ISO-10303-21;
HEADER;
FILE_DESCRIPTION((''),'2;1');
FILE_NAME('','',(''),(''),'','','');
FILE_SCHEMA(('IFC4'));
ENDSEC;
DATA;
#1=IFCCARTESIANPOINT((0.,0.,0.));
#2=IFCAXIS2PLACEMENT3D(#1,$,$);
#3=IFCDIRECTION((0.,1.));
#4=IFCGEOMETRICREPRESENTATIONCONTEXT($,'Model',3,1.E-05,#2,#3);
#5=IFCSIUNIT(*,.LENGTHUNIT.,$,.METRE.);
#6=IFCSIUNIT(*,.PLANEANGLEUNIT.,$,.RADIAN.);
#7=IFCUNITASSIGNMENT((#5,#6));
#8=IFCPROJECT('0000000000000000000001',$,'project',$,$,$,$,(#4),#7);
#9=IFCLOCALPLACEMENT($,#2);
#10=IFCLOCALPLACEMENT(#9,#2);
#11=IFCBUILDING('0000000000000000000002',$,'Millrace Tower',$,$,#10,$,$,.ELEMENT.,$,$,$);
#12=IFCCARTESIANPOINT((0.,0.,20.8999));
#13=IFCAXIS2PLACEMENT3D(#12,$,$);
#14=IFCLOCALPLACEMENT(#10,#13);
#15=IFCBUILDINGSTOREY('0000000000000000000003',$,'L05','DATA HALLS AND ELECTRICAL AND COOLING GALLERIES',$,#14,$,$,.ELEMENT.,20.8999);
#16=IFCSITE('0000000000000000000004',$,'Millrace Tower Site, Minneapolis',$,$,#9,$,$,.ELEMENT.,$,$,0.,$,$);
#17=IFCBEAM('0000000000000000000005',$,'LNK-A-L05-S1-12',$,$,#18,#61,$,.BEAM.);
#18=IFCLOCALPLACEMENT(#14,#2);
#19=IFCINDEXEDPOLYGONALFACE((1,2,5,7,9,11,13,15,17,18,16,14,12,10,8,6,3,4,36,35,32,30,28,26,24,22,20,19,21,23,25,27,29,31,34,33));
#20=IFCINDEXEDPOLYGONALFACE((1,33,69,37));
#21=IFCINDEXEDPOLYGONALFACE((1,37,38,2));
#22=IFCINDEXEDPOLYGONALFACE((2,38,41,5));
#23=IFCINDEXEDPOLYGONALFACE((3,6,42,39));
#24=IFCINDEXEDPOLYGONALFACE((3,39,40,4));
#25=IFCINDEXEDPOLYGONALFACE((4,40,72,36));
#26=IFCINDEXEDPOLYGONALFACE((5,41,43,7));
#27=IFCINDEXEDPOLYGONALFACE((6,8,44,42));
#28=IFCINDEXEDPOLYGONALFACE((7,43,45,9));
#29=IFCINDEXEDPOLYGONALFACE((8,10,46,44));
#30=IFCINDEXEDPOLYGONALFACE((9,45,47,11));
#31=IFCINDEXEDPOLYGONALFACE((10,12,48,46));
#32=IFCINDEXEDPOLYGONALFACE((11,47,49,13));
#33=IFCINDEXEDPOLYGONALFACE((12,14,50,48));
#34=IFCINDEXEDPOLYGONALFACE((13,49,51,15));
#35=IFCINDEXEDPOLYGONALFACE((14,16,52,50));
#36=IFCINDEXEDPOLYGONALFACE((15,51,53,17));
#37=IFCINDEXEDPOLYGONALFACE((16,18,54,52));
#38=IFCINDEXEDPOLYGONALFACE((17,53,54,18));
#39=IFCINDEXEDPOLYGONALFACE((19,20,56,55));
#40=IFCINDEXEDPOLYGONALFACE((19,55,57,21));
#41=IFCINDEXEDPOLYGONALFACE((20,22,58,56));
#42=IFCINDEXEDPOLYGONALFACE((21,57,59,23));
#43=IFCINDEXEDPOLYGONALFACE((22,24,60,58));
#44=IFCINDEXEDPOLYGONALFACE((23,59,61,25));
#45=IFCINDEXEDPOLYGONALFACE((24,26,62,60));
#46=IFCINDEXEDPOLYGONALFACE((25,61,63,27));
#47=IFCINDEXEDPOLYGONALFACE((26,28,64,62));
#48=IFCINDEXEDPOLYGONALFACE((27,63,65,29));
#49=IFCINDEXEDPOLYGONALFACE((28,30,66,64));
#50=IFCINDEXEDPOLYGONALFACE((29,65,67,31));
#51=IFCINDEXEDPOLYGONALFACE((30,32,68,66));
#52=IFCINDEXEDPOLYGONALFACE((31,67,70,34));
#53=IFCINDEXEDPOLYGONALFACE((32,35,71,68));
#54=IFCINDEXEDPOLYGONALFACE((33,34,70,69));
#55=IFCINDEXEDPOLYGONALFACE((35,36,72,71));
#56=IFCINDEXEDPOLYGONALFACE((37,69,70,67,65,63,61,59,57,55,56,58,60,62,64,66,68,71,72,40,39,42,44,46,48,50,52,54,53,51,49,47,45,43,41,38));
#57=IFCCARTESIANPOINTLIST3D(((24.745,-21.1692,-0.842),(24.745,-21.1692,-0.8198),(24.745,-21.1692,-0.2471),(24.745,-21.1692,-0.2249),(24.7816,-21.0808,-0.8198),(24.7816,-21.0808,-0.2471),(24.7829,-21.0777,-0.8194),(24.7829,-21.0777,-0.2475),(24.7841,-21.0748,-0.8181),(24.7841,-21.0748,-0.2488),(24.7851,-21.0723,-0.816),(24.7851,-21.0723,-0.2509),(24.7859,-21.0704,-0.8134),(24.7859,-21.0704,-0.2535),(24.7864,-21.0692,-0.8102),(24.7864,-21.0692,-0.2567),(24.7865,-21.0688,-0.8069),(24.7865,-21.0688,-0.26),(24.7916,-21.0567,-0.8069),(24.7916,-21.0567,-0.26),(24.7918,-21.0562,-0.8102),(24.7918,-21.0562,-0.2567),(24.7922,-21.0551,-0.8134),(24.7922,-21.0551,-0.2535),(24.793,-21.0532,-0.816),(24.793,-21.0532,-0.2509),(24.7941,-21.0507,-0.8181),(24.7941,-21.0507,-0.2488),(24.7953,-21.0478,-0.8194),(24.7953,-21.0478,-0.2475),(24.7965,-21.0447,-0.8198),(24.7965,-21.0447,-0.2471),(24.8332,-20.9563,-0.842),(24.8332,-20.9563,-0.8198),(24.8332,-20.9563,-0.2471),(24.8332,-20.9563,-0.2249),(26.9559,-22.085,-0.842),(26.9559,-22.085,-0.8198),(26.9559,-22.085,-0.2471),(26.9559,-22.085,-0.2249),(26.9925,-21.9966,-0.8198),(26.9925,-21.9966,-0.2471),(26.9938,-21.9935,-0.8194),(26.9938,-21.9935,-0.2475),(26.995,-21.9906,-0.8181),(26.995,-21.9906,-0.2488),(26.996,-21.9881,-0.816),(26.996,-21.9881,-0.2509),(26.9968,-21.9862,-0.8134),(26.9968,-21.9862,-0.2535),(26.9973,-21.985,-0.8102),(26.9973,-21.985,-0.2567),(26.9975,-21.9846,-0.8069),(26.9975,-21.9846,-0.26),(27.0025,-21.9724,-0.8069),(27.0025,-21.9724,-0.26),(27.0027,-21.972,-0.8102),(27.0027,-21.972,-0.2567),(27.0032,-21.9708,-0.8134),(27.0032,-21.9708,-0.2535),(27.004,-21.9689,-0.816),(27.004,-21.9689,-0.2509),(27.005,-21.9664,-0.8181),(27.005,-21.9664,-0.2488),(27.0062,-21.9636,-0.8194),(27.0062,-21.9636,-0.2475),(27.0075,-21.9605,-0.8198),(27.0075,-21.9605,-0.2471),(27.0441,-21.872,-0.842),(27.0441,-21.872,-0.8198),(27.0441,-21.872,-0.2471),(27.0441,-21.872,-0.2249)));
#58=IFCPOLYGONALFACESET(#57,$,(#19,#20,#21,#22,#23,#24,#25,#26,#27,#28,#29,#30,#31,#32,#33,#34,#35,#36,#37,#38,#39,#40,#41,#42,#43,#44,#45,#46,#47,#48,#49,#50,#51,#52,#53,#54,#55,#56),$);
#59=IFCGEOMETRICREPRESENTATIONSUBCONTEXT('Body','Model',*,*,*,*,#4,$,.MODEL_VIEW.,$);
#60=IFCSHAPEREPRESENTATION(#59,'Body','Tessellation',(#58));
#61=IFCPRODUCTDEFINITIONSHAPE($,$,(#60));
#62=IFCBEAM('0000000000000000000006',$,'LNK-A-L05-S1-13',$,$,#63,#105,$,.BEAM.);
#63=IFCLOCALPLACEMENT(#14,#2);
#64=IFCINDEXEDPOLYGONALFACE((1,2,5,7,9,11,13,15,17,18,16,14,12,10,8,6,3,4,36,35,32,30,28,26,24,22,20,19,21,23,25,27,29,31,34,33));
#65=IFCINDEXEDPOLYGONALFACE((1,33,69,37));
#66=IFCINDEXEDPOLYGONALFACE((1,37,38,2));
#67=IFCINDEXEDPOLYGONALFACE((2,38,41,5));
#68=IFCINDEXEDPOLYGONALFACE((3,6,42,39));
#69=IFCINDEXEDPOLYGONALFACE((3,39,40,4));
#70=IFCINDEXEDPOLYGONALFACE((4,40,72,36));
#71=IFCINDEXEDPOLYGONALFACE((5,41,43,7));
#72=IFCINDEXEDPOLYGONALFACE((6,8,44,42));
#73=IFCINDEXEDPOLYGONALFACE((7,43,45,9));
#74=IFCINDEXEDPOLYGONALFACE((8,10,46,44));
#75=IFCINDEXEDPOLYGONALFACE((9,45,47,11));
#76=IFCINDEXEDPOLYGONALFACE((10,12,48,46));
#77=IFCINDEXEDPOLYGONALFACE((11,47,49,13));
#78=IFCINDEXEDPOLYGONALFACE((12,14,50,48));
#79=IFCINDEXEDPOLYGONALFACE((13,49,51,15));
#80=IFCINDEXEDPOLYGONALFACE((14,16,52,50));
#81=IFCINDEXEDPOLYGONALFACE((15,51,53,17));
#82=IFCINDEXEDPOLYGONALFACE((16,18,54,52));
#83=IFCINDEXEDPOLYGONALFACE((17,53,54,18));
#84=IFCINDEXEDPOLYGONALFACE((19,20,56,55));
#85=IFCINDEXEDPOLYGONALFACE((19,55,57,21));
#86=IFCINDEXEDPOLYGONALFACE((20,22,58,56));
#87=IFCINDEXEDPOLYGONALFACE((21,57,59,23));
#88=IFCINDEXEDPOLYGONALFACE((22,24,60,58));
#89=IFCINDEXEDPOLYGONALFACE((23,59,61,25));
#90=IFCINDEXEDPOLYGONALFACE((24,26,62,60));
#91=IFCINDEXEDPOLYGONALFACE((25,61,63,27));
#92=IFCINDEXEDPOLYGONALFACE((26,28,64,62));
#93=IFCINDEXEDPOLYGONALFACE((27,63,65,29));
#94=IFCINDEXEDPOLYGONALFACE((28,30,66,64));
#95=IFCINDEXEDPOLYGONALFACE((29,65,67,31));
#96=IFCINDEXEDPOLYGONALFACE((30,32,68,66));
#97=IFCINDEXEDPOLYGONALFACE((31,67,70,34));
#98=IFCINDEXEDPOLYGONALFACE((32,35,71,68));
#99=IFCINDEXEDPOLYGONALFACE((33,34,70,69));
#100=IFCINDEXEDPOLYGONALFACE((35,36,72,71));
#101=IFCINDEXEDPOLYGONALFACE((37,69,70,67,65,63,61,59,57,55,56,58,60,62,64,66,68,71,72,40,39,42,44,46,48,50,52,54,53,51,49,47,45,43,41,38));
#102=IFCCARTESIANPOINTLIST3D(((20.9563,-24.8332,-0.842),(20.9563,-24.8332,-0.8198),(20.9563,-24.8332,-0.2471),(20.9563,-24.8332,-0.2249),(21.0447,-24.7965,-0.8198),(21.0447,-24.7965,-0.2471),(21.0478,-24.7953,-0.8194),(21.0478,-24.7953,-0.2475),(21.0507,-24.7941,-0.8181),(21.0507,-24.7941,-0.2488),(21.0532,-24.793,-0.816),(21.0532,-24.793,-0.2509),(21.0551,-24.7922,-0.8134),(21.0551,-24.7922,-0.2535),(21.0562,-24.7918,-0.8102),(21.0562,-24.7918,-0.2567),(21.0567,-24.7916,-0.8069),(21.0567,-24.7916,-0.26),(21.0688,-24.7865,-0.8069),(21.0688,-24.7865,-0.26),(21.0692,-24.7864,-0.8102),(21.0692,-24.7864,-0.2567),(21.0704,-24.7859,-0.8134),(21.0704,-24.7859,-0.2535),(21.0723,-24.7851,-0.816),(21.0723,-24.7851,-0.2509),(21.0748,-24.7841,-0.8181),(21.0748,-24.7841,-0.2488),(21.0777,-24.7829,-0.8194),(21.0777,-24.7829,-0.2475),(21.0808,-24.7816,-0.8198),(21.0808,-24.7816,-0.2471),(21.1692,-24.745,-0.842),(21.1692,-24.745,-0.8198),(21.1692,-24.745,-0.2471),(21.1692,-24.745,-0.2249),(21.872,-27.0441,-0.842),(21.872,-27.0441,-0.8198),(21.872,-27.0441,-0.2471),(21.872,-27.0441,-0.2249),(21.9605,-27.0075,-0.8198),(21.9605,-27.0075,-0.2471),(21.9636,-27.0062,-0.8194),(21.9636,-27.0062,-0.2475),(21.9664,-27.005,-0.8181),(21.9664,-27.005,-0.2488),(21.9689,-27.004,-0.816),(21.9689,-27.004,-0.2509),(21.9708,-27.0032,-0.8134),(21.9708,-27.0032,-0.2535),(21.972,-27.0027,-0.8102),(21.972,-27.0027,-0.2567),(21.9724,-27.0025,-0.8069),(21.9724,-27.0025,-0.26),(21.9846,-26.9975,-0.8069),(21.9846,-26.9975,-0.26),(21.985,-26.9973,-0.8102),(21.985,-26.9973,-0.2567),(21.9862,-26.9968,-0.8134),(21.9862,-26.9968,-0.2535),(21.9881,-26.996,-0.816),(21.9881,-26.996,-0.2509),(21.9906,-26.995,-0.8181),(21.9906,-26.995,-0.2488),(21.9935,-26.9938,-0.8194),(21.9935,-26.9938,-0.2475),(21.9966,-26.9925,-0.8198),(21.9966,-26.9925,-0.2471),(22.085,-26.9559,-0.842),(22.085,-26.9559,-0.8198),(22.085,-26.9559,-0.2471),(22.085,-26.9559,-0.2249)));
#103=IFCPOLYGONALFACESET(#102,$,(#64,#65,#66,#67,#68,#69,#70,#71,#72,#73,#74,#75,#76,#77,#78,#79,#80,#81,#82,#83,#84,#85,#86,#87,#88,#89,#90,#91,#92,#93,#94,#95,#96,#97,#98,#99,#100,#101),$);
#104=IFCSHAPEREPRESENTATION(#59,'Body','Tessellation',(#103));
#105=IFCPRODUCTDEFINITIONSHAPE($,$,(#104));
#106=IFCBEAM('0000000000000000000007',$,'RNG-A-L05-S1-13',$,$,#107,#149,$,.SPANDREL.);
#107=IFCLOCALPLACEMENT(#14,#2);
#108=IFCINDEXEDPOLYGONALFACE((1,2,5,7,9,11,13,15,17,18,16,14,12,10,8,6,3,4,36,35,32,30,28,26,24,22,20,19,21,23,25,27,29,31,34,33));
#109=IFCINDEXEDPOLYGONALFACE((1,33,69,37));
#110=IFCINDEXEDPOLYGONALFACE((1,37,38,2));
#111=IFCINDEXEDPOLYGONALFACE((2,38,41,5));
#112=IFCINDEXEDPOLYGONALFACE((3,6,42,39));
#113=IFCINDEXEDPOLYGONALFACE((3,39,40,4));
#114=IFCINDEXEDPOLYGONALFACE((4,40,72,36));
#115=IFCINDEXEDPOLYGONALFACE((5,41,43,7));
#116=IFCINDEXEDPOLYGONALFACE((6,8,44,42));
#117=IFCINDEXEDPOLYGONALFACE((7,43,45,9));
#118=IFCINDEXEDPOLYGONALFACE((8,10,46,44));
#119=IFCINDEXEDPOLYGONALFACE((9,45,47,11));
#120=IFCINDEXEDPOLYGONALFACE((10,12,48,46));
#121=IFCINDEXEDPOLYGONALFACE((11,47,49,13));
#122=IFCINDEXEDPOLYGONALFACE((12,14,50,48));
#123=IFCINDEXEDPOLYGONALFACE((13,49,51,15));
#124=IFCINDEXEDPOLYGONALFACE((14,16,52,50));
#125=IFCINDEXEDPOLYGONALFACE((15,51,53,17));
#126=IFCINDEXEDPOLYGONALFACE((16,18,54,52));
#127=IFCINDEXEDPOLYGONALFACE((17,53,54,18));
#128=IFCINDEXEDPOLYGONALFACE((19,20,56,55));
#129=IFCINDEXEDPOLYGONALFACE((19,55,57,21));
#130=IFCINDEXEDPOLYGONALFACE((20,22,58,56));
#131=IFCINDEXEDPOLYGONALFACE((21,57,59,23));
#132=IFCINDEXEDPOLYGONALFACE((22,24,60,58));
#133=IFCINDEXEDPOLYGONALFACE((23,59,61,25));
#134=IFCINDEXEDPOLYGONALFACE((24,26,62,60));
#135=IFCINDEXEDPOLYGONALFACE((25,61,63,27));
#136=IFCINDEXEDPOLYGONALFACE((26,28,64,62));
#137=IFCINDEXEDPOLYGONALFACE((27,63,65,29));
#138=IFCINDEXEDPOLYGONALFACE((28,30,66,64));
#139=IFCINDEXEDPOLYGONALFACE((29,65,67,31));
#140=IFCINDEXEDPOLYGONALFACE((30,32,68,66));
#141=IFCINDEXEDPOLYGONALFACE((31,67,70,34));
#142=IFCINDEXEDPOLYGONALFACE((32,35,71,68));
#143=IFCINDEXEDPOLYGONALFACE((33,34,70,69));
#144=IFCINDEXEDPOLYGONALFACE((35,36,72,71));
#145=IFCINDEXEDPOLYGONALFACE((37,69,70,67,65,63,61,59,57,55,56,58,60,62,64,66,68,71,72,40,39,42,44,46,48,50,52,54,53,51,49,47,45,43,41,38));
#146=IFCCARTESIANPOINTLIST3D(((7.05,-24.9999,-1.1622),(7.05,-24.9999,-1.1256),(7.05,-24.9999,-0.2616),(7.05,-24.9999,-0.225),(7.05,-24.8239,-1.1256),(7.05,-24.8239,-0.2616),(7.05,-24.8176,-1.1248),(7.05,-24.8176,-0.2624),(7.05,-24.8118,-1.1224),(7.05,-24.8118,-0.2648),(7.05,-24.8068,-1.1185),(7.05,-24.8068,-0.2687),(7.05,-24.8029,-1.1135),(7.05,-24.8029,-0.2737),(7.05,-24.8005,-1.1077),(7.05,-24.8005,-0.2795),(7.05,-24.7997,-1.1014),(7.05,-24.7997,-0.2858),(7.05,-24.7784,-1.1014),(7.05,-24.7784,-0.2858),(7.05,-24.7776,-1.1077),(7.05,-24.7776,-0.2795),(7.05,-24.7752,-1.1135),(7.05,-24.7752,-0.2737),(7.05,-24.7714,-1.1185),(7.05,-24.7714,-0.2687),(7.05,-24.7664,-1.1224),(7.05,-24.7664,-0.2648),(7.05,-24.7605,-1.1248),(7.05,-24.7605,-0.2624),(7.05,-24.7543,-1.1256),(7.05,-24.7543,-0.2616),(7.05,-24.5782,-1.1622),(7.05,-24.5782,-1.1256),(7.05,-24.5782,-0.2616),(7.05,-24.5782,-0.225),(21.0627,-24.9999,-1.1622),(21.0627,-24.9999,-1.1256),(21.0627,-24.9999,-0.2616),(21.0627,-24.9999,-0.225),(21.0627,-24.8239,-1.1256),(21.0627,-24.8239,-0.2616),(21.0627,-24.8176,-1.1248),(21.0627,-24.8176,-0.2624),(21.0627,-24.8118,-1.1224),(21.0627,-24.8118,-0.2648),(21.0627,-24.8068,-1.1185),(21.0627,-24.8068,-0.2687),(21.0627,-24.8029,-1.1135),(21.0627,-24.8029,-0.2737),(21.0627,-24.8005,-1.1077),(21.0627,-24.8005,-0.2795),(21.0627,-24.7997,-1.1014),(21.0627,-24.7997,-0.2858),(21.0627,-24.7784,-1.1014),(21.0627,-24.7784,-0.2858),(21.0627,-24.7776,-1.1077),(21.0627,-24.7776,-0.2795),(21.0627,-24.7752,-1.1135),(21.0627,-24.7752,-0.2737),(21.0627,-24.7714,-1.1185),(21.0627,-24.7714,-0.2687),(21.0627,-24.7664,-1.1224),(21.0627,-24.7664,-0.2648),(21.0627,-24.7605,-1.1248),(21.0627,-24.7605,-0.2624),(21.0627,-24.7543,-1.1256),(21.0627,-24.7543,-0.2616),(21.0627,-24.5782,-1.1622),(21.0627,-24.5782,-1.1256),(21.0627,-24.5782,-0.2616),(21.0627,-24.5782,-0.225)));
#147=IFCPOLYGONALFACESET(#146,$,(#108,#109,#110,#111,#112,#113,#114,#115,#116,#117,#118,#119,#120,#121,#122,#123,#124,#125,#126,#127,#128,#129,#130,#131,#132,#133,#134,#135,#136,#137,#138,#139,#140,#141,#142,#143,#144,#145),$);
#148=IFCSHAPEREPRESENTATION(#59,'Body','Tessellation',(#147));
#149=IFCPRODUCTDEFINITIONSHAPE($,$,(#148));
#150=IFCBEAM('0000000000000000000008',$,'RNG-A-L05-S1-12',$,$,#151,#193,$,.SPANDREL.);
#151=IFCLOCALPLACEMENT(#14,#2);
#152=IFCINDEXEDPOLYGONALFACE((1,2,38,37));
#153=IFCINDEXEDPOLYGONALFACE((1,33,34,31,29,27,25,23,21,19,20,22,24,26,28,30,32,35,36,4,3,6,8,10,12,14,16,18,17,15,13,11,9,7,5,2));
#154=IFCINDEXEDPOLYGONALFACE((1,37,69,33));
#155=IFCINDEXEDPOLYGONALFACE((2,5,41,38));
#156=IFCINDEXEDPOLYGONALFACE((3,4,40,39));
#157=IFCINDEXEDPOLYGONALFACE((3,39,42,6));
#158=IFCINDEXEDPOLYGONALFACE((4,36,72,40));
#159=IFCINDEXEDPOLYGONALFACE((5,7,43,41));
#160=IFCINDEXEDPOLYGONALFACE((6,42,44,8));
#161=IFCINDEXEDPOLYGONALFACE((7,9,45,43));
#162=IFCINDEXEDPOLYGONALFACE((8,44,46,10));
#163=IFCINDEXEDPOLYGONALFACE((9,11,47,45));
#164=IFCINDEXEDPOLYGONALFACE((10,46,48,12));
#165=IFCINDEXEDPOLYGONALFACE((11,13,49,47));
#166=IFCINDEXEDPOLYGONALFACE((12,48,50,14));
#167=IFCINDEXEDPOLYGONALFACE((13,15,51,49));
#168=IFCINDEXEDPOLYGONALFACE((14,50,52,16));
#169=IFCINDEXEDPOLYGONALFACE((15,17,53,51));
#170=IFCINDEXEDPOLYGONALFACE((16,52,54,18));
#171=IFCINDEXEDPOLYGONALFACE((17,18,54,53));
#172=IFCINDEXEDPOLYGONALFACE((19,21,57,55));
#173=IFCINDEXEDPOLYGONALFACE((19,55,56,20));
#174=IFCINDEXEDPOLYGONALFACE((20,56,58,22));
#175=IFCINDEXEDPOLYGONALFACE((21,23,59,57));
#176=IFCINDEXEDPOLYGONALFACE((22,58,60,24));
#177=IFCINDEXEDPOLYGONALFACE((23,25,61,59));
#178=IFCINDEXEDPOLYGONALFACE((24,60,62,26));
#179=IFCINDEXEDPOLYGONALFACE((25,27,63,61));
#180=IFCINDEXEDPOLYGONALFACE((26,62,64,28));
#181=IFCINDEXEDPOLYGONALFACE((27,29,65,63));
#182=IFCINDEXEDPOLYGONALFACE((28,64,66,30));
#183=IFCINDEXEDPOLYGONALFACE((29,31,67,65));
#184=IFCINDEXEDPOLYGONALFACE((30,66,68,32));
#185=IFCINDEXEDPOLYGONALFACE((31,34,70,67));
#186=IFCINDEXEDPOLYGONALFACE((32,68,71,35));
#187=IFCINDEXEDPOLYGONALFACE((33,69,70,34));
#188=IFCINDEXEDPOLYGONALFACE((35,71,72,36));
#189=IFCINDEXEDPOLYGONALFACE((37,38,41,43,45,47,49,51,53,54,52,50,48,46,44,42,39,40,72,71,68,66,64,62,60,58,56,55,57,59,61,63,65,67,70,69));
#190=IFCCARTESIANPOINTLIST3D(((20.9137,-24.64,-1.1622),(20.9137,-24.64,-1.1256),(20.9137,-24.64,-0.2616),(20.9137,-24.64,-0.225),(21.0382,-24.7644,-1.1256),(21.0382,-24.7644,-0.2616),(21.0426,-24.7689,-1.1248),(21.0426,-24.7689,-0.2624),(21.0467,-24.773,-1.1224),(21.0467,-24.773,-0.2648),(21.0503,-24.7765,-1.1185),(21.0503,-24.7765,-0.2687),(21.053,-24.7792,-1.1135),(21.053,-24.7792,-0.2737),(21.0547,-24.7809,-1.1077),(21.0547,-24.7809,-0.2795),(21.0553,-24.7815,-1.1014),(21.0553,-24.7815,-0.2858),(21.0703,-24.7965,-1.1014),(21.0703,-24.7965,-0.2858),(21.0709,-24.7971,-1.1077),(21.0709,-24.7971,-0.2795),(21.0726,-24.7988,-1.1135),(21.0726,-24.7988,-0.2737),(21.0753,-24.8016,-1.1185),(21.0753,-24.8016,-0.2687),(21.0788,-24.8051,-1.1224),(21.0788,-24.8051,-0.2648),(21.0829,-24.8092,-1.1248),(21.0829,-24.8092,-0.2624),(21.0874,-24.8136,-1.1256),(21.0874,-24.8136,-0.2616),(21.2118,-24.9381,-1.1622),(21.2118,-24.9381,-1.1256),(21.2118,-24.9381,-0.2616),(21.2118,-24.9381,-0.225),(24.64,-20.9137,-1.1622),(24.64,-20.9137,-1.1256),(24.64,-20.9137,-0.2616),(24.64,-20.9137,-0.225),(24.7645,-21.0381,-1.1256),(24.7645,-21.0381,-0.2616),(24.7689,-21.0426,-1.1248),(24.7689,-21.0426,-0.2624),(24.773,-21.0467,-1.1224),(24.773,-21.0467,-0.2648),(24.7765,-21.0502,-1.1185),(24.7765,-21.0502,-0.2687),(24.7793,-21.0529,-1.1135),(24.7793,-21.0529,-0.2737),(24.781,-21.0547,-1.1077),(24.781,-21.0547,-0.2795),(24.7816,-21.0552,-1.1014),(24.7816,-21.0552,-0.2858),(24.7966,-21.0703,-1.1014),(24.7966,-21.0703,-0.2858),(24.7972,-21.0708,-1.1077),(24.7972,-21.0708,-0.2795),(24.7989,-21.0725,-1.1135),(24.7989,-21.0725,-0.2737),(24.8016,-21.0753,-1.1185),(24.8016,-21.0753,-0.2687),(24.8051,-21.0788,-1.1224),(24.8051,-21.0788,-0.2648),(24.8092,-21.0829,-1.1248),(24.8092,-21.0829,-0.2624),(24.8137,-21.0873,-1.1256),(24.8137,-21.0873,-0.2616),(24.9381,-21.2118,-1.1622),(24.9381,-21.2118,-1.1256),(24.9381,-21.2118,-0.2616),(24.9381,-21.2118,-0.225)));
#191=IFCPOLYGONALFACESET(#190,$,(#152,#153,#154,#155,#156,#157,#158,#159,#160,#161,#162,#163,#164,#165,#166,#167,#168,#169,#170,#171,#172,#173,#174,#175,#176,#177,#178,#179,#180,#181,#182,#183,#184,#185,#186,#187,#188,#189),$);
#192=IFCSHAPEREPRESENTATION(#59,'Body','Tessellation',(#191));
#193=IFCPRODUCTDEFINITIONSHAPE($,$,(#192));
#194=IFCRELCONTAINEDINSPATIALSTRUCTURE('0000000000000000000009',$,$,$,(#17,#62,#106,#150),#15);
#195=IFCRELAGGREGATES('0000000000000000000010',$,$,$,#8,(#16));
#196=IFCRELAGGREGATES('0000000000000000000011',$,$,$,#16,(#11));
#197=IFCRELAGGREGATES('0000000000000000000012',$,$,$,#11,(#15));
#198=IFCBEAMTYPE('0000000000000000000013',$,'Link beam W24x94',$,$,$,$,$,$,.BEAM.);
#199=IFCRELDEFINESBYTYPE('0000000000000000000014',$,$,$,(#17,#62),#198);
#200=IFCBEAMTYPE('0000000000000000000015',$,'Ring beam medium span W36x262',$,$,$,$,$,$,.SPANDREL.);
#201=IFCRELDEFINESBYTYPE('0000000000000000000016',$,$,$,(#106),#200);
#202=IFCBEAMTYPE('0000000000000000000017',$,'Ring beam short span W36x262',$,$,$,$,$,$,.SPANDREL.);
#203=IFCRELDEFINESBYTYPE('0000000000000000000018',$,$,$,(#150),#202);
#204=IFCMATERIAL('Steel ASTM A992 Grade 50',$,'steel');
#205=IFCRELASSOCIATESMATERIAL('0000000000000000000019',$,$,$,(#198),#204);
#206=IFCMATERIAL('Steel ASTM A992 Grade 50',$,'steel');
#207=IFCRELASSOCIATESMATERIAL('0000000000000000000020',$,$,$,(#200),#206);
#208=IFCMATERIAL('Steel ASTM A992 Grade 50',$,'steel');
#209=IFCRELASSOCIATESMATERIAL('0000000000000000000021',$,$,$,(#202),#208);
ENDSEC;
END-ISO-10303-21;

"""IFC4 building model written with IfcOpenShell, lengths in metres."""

from ifc_helpers import new_model, si_unit, direction, frame, origin, origin_2d, place, context, subcontext, project, spatial, i_section, extrude, material, material_profile, profile_set, type_object, element, save


model = new_model("IFC4")

# Units and contexts
model_context = context("Model", 3, precision=1e-05, world=origin(), true_north=direction((0.0, 1.0)))
body_context = subcontext(model_context, "Body", "Model", "MODEL_VIEW")
ifc_project = project(units=[si_unit("LENGTHUNIT", "METRE"), si_unit("PLANEANGLEUNIT", "RADIAN")], contexts=[model_context])

# Site, building, storey
site_placement = place(None, origin())
site = spatial("IfcSite", under=ifc_project, at=site_placement, Name="Millrace Tower Site, Minneapolis", CompositionType="ELEMENT", RefElevation=0.0)
building_placement = place(site_placement, origin())
building = spatial("IfcBuilding", under=site, at=building_placement, Name="Millrace Tower", CompositionType="ELEMENT")
storey_placement = place(building_placement, frame((0.0, 0.0, 20.8999)))
storey = spatial("IfcBuildingStorey", under=building, at=storey_placement, Name="L05", Description="DATA HALLS AND ELECTRICAL AND COOLING GALLERIES", CompositionType="ELEMENT", Elevation=20.8999)

# Beams
ifc_material_1 = material(Name="Steel ASTM A992 Grade 50", Category="steel")
ifc_material_profile_1 = material_profile(ifc_material_1, i_section(OverallWidth=0.2305, OverallDepth=0.6172, WebThickness=0.0132, FlangeThickness=0.0222, FilletRadius=0.0129, at=origin_2d()))
ifc_profile_set_1 = profile_set([ifc_material_profile_1], Name="Steel ASTM A992 Grade 50")
beam_type_1 = type_object("IfcBeamType", Name="Link beam W24x94", PredefinedType="BEAM", material=ifc_profile_set_1)
for number, where, z_axis, x_axis, name in (
    (1, (24.7891, -21.0627, -0.5334), (0.923884, -0.382673, 0.0), (0.382673, 0.923884, 0.0), "LNK-A-L05-S1-12"),
    (2, (21.0627, -24.7891, -0.5334), (0.382673, -0.923884, 0.0), (0.923884, 0.382673, 0.0), "LNK-A-L05-S1-13"),
):
    element("IfcBeam", number, at=place(storey_placement, frame(where, z_axis=z_axis, x_axis=x_axis)), inside=storey, type_object=beam_type_1, Name=name, PredefinedType="BEAM", context=body_context, shape_type="SweptSolid", body=[
        extrude(i_section(OverallWidth=0.2305, OverallDepth=0.6172, WebThickness=0.0132, FlangeThickness=0.0222, FilletRadius=0.0129, at=origin_2d()), origin(), (0.0, 0.0, 1.0), 2.3931),
    ])
ifc_material_2 = material(Name="Steel ASTM A992 Grade 50", Category="steel")
ifc_material_profile_2 = material_profile(ifc_material_2, i_section(OverallWidth=0.4216, OverallDepth=0.9373, WebThickness=0.0212, FlangeThickness=0.0366, FilletRadius=0.0242, at=origin_2d()))
ifc_profile_set_2 = profile_set([ifc_material_profile_2], Name="Steel ASTM A992 Grade 50")
beam_type_2 = type_object("IfcBeamType", Name="Ring beam medium span W36x262", PredefinedType="SPANDREL", material=ifc_profile_set_2)
beam_1_placement = place(storey_placement, frame((21.0627, -24.7891, -0.6936), z_axis=(-1.0, 0.0, 0.0), x_axis=(0.0, -1.0, 0.0)))
element("IfcBeam", 3, at=beam_1_placement, inside=storey, type_object=beam_type_2, Name="RNG-A-L05-S1-13", PredefinedType="SPANDREL", context=body_context, shape_type="SweptSolid", body=[
    extrude(i_section(OverallWidth=0.4216, OverallDepth=0.9373, WebThickness=0.0212, FlangeThickness=0.0366, FilletRadius=0.0242, at=origin_2d()), origin(), (0.0, 0.0, 1.0), 14.0127),
])
ifc_material_3 = material(Name="Steel ASTM A992 Grade 50", Category="steel")
ifc_material_profile_3 = material_profile(ifc_material_3, i_section(OverallWidth=0.4216, OverallDepth=0.9373, WebThickness=0.0212, FlangeThickness=0.0366, FilletRadius=0.0242, at=origin_2d()))
ifc_profile_set_3 = profile_set([ifc_material_profile_3], Name="Steel ASTM A992 Grade 50")
beam_type_3 = type_object("IfcBeamType", Name="Ring beam short span W36x262", PredefinedType="SPANDREL", material=ifc_profile_set_3)
beam_2_placement = place(storey_placement, frame((24.7891, -21.0627, -0.6936), z_axis=(-0.707107, -0.707107, 0.0), x_axis=(0.707107, -0.707107, 0.0)))
element("IfcBeam", 4, at=beam_2_placement, inside=storey, type_object=beam_type_3, Name="RNG-A-L05-S1-12", PredefinedType="SPANDREL", context=body_context, shape_type="SweptSolid", body=[
    extrude(i_section(OverallWidth=0.4216, OverallDepth=0.9373, WebThickness=0.0212, FlangeThickness=0.0366, FilletRadius=0.0242, at=origin_2d()), origin(), (0.0, 0.0, 1.0), 5.2698),
])

save(model, "model.ifc")
